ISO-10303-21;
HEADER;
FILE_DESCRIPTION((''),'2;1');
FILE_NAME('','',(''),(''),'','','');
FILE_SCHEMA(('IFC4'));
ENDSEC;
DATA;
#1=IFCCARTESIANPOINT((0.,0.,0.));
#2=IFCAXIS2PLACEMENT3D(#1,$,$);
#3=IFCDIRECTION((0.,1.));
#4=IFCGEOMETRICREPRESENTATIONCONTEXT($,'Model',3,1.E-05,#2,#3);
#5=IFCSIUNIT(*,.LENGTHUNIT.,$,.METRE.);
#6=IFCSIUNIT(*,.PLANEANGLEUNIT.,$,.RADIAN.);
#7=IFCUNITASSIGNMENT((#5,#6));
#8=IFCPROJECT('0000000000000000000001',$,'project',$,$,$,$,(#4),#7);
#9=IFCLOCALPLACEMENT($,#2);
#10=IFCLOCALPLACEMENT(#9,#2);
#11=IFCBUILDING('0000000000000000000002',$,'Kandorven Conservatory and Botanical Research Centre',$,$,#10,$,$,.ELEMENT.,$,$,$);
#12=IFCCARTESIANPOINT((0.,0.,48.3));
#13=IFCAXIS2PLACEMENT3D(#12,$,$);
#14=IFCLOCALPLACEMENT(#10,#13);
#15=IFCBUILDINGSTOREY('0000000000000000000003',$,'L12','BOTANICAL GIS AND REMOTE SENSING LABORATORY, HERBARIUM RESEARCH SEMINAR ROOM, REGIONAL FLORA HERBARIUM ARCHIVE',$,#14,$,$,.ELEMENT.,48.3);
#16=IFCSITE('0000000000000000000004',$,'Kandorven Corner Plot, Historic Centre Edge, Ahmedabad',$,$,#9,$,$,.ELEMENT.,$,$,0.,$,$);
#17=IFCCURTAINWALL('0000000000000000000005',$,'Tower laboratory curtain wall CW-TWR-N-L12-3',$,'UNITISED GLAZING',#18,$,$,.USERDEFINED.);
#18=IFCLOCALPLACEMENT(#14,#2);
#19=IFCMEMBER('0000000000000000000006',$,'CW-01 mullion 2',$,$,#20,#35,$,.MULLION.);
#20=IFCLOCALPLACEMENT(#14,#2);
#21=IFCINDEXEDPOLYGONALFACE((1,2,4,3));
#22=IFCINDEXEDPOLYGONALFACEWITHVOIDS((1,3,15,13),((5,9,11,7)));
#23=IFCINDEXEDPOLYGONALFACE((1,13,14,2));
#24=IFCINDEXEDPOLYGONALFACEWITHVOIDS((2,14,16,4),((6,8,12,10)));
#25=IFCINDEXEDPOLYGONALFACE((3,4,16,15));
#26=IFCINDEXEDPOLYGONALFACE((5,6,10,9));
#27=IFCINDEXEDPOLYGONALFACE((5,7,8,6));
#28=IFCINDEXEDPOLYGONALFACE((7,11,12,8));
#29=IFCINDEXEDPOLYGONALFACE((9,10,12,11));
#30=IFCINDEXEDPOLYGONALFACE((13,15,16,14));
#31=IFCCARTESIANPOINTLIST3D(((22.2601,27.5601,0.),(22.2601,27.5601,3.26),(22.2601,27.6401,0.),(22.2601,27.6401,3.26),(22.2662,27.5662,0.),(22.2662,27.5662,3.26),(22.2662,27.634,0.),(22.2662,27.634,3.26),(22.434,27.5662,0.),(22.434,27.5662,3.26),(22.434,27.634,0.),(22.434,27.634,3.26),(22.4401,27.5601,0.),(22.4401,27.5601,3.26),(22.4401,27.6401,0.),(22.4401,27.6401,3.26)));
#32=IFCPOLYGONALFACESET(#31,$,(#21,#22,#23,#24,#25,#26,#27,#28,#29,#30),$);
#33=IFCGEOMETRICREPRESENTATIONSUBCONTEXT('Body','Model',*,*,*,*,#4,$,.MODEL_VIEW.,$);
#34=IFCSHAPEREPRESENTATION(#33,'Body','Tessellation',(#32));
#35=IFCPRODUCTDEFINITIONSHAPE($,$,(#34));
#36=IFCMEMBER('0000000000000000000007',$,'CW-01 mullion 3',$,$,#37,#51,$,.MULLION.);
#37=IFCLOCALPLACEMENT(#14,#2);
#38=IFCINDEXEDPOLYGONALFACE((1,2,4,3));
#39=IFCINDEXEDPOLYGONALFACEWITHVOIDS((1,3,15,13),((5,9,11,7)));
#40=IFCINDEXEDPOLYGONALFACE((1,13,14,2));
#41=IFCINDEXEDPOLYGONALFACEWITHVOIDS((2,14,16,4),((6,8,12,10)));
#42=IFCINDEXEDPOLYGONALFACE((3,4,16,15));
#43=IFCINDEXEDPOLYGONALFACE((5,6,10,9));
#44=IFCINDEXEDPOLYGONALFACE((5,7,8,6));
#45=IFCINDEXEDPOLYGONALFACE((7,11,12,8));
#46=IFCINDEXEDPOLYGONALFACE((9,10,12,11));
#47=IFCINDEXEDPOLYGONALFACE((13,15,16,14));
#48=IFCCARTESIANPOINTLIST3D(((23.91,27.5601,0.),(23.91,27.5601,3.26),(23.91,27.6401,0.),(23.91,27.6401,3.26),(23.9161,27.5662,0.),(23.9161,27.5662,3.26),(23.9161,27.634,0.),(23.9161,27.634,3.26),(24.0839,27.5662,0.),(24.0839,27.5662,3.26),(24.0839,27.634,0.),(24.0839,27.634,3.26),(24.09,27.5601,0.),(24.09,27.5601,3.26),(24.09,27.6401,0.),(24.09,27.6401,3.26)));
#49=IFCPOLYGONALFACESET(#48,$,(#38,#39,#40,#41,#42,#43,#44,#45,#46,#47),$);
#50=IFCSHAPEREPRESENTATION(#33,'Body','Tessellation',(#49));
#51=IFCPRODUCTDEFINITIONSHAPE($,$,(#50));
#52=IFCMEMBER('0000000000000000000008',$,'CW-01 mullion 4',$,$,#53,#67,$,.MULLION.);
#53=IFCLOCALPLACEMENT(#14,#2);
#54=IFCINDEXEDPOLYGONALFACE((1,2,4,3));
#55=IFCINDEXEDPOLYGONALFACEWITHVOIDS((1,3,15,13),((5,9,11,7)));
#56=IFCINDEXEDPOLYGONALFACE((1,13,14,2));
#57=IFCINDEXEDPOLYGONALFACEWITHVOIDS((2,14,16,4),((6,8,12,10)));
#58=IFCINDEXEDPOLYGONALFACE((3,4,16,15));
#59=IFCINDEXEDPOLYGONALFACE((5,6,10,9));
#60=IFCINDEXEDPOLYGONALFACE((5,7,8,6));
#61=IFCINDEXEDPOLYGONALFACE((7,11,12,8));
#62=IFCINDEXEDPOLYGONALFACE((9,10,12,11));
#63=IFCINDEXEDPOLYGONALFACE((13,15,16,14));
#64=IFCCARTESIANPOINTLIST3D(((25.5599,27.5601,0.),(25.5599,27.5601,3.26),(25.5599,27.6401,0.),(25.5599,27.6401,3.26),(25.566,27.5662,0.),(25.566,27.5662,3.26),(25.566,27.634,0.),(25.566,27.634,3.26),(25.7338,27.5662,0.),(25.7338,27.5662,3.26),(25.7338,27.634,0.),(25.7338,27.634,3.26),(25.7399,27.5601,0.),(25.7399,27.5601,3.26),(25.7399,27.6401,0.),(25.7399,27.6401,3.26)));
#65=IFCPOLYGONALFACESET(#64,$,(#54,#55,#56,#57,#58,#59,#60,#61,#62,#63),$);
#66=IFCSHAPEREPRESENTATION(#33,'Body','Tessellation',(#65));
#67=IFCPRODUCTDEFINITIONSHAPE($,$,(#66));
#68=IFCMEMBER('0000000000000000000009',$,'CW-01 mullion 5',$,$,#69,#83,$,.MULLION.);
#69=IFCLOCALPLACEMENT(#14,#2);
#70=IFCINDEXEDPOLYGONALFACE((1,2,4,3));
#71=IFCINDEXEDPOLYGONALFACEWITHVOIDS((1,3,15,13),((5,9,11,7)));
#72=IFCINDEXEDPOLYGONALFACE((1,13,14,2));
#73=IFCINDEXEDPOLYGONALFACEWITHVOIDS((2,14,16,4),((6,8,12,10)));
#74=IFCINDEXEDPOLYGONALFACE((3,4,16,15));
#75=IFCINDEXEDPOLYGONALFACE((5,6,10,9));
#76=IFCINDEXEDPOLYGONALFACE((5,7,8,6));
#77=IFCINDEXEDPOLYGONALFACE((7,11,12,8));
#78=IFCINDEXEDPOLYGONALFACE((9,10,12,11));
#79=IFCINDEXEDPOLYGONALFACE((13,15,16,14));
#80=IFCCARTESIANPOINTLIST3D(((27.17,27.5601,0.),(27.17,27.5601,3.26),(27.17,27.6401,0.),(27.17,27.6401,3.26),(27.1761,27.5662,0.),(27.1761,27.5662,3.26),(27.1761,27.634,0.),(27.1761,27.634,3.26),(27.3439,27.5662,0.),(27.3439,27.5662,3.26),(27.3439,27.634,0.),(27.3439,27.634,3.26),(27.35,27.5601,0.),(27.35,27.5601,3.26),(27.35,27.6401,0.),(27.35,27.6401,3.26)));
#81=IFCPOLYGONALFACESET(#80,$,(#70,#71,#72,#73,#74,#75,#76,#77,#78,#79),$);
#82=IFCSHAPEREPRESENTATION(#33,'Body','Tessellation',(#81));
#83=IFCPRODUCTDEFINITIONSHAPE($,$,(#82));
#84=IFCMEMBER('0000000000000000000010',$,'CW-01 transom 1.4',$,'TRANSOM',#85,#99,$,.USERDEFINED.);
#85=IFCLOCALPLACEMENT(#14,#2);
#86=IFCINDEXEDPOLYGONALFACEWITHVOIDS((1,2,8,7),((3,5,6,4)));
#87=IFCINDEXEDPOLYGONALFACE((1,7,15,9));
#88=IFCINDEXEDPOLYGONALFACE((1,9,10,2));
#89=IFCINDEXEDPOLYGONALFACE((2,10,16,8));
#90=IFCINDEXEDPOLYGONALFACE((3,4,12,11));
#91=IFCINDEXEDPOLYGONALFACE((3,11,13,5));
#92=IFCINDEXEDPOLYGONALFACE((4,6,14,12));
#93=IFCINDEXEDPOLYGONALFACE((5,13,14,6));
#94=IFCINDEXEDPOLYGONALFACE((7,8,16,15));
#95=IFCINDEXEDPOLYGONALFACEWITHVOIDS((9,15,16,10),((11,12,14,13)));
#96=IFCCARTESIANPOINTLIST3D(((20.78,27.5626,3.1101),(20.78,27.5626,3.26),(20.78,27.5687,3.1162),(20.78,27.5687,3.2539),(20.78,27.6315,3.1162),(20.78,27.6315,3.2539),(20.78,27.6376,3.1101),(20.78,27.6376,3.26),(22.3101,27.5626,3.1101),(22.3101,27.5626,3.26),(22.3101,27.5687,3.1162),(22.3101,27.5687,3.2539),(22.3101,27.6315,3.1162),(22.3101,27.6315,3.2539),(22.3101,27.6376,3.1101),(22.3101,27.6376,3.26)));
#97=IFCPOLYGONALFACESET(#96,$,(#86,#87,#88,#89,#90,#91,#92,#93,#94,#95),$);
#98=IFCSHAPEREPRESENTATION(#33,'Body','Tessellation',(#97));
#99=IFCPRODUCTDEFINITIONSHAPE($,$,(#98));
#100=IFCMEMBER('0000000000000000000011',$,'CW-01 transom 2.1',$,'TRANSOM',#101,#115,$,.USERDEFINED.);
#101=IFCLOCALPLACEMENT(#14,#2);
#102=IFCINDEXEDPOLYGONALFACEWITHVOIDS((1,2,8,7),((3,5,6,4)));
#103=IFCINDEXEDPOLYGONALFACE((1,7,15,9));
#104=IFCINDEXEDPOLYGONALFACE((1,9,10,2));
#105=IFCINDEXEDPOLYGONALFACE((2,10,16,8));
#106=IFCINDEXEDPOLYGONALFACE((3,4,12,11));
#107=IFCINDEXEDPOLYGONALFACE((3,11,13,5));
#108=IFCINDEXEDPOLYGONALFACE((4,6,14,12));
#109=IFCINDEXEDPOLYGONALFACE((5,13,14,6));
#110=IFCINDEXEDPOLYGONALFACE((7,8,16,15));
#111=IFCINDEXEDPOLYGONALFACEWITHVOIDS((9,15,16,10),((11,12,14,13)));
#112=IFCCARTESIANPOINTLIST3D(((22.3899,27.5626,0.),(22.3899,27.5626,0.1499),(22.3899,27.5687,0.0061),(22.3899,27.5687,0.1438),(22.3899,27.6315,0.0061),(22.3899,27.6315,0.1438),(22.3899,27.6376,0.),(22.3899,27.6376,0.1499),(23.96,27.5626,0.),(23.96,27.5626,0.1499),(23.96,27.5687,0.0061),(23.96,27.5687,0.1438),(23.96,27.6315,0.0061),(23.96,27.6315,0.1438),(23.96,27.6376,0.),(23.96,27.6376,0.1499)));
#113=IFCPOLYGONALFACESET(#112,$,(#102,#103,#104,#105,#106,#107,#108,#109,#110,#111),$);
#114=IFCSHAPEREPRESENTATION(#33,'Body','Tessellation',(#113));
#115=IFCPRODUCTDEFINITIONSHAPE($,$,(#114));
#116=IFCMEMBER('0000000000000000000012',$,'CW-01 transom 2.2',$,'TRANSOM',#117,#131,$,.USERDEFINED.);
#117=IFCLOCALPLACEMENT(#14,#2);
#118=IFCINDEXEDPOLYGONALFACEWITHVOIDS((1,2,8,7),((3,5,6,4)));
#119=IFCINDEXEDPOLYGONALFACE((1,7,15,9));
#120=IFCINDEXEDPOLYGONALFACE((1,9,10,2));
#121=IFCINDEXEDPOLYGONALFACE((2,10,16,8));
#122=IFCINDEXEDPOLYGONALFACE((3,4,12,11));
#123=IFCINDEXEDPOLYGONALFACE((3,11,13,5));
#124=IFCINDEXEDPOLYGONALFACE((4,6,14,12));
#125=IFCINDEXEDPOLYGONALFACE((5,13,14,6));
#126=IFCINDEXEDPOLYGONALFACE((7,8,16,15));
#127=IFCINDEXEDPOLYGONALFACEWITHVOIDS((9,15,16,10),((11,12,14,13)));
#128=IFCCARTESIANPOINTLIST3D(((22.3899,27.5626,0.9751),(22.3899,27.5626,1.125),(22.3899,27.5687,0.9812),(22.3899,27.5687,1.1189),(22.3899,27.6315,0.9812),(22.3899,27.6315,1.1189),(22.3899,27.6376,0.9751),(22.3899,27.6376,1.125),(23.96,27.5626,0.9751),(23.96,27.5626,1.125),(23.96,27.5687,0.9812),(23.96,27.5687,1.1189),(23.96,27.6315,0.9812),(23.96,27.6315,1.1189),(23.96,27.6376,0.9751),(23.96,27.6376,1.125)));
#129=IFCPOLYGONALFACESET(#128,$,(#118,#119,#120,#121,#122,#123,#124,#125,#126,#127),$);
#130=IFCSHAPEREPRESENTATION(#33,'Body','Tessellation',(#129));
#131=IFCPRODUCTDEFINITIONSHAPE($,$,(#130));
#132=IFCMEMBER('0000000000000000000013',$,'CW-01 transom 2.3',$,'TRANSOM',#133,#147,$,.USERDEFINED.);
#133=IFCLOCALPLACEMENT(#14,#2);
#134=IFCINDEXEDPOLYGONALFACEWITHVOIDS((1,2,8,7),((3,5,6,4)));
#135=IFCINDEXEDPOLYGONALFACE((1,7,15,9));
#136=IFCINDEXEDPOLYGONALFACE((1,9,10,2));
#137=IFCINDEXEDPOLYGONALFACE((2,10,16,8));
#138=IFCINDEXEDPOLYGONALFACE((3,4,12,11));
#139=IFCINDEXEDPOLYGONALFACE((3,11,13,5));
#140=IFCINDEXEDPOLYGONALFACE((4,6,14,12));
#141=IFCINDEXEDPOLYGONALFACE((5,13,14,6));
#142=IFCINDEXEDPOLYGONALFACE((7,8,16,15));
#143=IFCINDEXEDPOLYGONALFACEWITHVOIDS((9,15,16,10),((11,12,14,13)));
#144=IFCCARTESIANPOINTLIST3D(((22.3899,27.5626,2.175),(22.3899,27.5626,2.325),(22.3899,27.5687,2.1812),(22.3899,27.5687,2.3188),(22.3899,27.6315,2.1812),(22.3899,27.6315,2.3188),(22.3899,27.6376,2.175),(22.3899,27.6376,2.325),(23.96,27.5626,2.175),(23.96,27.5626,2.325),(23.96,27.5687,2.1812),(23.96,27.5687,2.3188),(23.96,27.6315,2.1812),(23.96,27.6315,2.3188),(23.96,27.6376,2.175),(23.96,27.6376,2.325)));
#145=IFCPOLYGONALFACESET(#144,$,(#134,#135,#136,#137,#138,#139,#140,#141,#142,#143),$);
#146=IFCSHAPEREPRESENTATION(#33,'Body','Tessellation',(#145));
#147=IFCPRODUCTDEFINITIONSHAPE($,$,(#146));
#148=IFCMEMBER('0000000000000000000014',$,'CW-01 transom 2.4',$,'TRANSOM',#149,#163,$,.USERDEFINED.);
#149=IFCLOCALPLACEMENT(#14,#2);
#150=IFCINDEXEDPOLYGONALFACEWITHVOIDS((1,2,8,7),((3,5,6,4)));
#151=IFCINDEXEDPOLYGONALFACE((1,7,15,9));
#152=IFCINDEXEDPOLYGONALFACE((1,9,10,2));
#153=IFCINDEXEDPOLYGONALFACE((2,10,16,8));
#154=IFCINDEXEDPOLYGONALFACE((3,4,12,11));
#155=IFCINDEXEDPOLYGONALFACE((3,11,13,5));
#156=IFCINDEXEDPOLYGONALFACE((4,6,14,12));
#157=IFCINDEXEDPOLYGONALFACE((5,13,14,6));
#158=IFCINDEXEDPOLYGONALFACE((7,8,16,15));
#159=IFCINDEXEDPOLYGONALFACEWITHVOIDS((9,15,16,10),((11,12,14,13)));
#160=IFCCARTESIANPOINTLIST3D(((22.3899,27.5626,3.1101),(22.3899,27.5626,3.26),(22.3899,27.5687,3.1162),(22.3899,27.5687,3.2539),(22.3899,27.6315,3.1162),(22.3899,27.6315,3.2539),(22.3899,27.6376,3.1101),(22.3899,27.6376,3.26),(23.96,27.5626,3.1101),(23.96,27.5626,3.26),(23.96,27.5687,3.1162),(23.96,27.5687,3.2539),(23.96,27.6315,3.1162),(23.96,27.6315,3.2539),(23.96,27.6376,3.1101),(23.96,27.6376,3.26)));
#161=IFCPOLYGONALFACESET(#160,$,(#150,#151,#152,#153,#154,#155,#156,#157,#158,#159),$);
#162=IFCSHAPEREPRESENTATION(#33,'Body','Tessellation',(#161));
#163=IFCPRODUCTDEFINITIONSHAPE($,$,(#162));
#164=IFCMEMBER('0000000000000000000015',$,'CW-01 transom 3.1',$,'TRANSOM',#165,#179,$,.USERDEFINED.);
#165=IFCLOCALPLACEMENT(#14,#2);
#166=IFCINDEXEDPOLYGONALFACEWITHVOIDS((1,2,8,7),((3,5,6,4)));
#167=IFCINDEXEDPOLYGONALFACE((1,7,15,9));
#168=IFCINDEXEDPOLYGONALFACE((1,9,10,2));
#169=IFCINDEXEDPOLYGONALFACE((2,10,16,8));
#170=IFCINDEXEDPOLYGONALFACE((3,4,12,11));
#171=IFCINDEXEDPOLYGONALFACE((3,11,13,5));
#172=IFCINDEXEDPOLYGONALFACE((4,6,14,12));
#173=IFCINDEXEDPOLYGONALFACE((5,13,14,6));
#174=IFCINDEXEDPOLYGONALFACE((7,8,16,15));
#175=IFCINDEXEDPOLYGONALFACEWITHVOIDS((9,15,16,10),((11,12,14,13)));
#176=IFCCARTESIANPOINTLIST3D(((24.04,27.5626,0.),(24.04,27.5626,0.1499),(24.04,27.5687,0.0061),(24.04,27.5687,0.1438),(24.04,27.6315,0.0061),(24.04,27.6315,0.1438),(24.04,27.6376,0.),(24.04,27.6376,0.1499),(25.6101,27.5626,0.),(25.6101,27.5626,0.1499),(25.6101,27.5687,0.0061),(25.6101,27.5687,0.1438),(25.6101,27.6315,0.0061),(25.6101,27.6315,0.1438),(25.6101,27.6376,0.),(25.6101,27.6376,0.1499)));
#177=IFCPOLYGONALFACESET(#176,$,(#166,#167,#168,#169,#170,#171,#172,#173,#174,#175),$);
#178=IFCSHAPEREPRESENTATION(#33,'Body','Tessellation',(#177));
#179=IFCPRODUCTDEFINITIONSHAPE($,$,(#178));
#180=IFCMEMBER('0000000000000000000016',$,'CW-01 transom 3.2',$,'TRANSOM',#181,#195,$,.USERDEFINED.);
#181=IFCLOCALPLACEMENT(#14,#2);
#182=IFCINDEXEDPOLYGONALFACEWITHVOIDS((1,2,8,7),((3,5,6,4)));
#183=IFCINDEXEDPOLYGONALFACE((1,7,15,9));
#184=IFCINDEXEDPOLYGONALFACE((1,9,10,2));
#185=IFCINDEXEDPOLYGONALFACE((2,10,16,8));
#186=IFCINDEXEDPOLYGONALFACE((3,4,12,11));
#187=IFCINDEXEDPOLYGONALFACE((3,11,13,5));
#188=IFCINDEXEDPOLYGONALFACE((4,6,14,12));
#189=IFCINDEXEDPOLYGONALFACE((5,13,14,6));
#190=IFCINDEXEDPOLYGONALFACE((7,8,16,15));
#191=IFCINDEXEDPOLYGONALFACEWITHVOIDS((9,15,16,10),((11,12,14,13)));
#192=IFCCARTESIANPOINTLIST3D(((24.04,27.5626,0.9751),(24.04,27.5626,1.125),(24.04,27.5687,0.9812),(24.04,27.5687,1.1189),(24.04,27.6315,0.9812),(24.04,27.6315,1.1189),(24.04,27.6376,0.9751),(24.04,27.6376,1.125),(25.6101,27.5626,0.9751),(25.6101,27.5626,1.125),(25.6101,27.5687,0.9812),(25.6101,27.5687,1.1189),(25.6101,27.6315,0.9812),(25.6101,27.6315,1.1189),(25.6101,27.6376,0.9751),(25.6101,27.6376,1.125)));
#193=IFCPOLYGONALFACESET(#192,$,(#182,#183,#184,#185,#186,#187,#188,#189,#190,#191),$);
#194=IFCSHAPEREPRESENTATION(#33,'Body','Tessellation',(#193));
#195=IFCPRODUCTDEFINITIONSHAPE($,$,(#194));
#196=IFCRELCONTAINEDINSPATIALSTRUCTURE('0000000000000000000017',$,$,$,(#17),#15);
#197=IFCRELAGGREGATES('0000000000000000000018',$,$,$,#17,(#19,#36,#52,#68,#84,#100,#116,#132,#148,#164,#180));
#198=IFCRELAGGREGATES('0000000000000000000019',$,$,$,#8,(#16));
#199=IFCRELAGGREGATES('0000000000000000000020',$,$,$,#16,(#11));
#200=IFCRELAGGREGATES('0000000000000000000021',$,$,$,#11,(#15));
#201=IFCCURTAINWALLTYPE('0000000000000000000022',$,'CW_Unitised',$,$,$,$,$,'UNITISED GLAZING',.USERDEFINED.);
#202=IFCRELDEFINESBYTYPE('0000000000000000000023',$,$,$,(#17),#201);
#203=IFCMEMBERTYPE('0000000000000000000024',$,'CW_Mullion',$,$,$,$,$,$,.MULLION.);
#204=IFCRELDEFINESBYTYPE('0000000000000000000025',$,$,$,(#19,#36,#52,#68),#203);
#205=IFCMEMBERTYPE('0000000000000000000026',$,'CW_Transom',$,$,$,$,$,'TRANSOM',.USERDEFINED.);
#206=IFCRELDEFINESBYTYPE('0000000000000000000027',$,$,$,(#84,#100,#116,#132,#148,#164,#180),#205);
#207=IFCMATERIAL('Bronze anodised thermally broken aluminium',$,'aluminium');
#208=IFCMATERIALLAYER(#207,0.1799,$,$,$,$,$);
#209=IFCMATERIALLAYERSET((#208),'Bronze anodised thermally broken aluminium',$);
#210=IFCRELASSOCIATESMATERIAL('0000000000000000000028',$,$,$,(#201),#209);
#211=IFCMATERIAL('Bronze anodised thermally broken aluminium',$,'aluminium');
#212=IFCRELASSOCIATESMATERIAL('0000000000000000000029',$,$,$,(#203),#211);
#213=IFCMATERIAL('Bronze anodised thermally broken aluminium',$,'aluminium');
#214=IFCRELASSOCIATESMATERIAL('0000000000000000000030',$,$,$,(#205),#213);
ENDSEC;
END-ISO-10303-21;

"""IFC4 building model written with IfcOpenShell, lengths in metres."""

from ifc_helpers import new_model, si_unit, direction, frame, origin, origin_2d, place, context, subcontext, project, spatial, hollow_rectangle, extrude, material, layer, layer_set, material_profile, profile_set, type_object, element, aggregate, save


model = new_model("IFC4")

# Units and contexts
model_context = context("Model", 3, precision=1e-05, world=origin(), true_north=direction((0.0, 1.0)))
body_context = subcontext(model_context, "Body", "Model", "MODEL_VIEW")
ifc_project = project(units=[si_unit("LENGTHUNIT", "METRE"), si_unit("PLANEANGLEUNIT", "RADIAN")], contexts=[model_context])

# Site, building, storey
site_placement = place(None, origin())
site = spatial("IfcSite", under=ifc_project, at=site_placement, Name="Kandorven Corner Plot, Historic Centre Edge, Ahmedabad", CompositionType="ELEMENT", RefElevation=0.0)
building_placement = place(site_placement, origin())
building = spatial("IfcBuilding", under=site, at=building_placement, Name="Kandorven Conservatory and Botanical Research Centre", CompositionType="ELEMENT")
storey_placement = place(building_placement, frame((0.0, 0.0, 48.3)))
storey = spatial("IfcBuildingStorey", under=building, at=storey_placement, Name="L12", Description="BOTANICAL GIS AND REMOTE SENSING LABORATORY, HERBARIUM RESEARCH SEMINAR ROOM, REGIONAL FLORA HERBARIUM ARCHIVE", CompositionType="ELEMENT", Elevation=48.3)

# Curtain wall, members
ifc_material_1 = material(Name="Bronze anodised thermally broken aluminium", Category="aluminium")
ifc_layer_1 = layer(ifc_material_1, 0.1799)
ifc_layer_set_1 = layer_set([ifc_layer_1], Name="Bronze anodised thermally broken aluminium")
curtain_wall_type = type_object("IfcCurtainWallType", Name="CW_Unitised", ElementType="UNITISED GLAZING", PredefinedType="USERDEFINED", material=ifc_layer_set_1)
curtain_wall_placement = place(storey_placement, origin())
curtain_wall = element("IfcCurtainWall", 1, at=curtain_wall_placement, inside=storey, type_object=curtain_wall_type, Name="Tower laboratory curtain wall CW-TWR-N-L12-3", ObjectType="UNITISED GLAZING", PredefinedType="USERDEFINED")
ifc_material_2 = material(Name="Bronze anodised thermally broken aluminium", Category="aluminium")
ifc_material_profile_1 = material_profile(ifc_material_2, hollow_rectangle(XDim=0.0801, YDim=0.1799, WallThickness=0.0061, at=origin_2d()))
ifc_profile_set_1 = profile_set([ifc_material_profile_1], Name="Bronze anodised thermally broken aluminium")
member_type_1 = type_object("IfcMemberType", Name="CW_Mullion", PredefinedType="MULLION", material=ifc_profile_set_1)
member_1_placement = place(storey_placement, frame((22.3501, 27.6001, 0.0), z_axis=(0.0, 0.0, 1.0), x_axis=(0.0, 1.0, 0.0)))
member_1 = element("IfcMember", 2, at=member_1_placement, type_object=member_type_1, Name="CW-01 mullion 2", PredefinedType="MULLION", context=body_context, shape_type="SweptSolid", body=[
    extrude(hollow_rectangle(XDim=0.0801, YDim=0.1799, WallThickness=0.0061, at=origin_2d()), origin(), (0.0, 0.0, 1.0), 3.26),
])
member_2_placement = place(storey_placement, frame((24.0, 27.6001, 0.0), z_axis=(0.0, 0.0, 1.0), x_axis=(0.0, 1.0, 0.0)))
member_2 = element("IfcMember", 3, at=member_2_placement, type_object=member_type_1, Name="CW-01 mullion 3", PredefinedType="MULLION", context=body_context, shape_type="SweptSolid", body=[
    extrude(hollow_rectangle(XDim=0.0801, YDim=0.1799, WallThickness=0.0061, at=origin_2d()), origin(), (0.0, 0.0, 1.0), 3.26),
])
member_3_placement = place(storey_placement, frame((25.6499, 27.6001, 0.0), z_axis=(0.0, 0.0, 1.0), x_axis=(0.0, 1.0, 0.0)))
member_3 = element("IfcMember", 4, at=member_3_placement, type_object=member_type_1, Name="CW-01 mullion 4", PredefinedType="MULLION", context=body_context, shape_type="SweptSolid", body=[
    extrude(hollow_rectangle(XDim=0.0801, YDim=0.1799, WallThickness=0.0061, at=origin_2d()), origin(), (0.0, 0.0, 1.0), 3.26),
])
member_4_placement = place(storey_placement, frame((27.26, 27.6001, 0.0), z_axis=(0.0, 0.0, 1.0), x_axis=(0.0, 1.0, 0.0)))
member_4 = element("IfcMember", 5, at=member_4_placement, type_object=member_type_1, Name="CW-01 mullion 5", PredefinedType="MULLION", context=body_context, shape_type="SweptSolid", body=[
    extrude(hollow_rectangle(XDim=0.0801, YDim=0.1799, WallThickness=0.0061, at=origin_2d()), origin(), (0.0, 0.0, 1.0), 3.26),
])
ifc_material_3 = material(Name="Bronze anodised thermally broken aluminium", Category="aluminium")
ifc_material_profile_2 = material_profile(ifc_material_3, hollow_rectangle(XDim=0.075, YDim=0.1499, WallThickness=0.0061, at=origin_2d()))
ifc_profile_set_2 = profile_set([ifc_material_profile_2], Name="Bronze anodised thermally broken aluminium")
member_type_2 = type_object("IfcMemberType", Name="CW_Transom", ElementType="TRANSOM", PredefinedType="USERDEFINED", material=ifc_profile_set_2)
member_5_placement = place(storey_placement, frame((20.78, 27.6001, 3.1851), z_axis=(1.0, 0.0, 0.0), x_axis=(0.0, 1.0, 0.0)))
member_5 = element("IfcMember", 6, at=member_5_placement, type_object=member_type_2, Name="CW-01 transom 1.4", ObjectType="TRANSOM", PredefinedType="USERDEFINED", context=body_context, shape_type="SweptSolid", body=[
    extrude(hollow_rectangle(XDim=0.075, YDim=0.1499, WallThickness=0.0061, at=origin_2d()), origin(), (0.0, 0.0, 1.0), 1.53),
])
member_6_placement = place(storey_placement, frame((22.3899, 27.6001, 0.075), z_axis=(1.0, 0.0, 0.0), x_axis=(0.0, 1.0, 0.0)))
member_6 = element("IfcMember", 7, at=member_6_placement, type_object=member_type_2, Name="CW-01 transom 2.1", ObjectType="TRANSOM", PredefinedType="USERDEFINED", context=body_context, shape_type="SweptSolid", body=[
    extrude(hollow_rectangle(XDim=0.075, YDim=0.1499, WallThickness=0.0061, at=origin_2d()), origin(), (0.0, 0.0, 1.0), 1.5701),
])
member_7_placement = place(storey_placement, frame((22.3899, 27.6001, 1.05), z_axis=(1.0, 0.0, 0.0), x_axis=(0.0, 1.0, 0.0)))
member_7 = element("IfcMember", 8, at=member_7_placement, type_object=member_type_2, Name="CW-01 transom 2.2", ObjectType="TRANSOM", PredefinedType="USERDEFINED", context=body_context, shape_type="SweptSolid", body=[
    extrude(hollow_rectangle(XDim=0.075, YDim=0.1499, WallThickness=0.0061, at=origin_2d()), origin(), (0.0, 0.0, 1.0), 1.5701),
])
member_8_placement = place(storey_placement, frame((22.3899, 27.6001, 2.25), z_axis=(1.0, 0.0, 0.0), x_axis=(0.0, 1.0, 0.0)))
member_8 = element("IfcMember", 9, at=member_8_placement, type_object=member_type_2, Name="CW-01 transom 2.3", ObjectType="TRANSOM", PredefinedType="USERDEFINED", context=body_context, shape_type="SweptSolid", body=[
    extrude(hollow_rectangle(XDim=0.075, YDim=0.1499, WallThickness=0.0061, at=origin_2d()), origin(), (0.0, 0.0, 1.0), 1.5701),
])
member_9_placement = place(storey_placement, frame((22.3899, 27.6001, 3.1851), z_axis=(1.0, 0.0, 0.0), x_axis=(0.0, 1.0, 0.0)))
member_9 = element("IfcMember", 10, at=member_9_placement, type_object=member_type_2, Name="CW-01 transom 2.4", ObjectType="TRANSOM", PredefinedType="USERDEFINED", context=body_context, shape_type="SweptSolid", body=[
    extrude(hollow_rectangle(XDim=0.075, YDim=0.1499, WallThickness=0.0061, at=origin_2d()), origin(), (0.0, 0.0, 1.0), 1.5701),
])
member_10_placement = place(storey_placement, frame((24.04, 27.6001, 0.075), z_axis=(1.0, 0.0, 0.0), x_axis=(0.0, 1.0, 0.0)))
member_10 = element("IfcMember", 11, at=member_10_placement, type_object=member_type_2, Name="CW-01 transom 3.1", ObjectType="TRANSOM", PredefinedType="USERDEFINED", context=body_context, shape_type="SweptSolid", body=[
    extrude(hollow_rectangle(XDim=0.075, YDim=0.1499, WallThickness=0.0061, at=origin_2d()), origin(), (0.0, 0.0, 1.0), 1.5701),
])
member_11_placement = place(storey_placement, frame((24.04, 27.6001, 1.05), z_axis=(1.0, 0.0, 0.0), x_axis=(0.0, 1.0, 0.0)))
member_11 = element("IfcMember", 12, at=member_11_placement, type_object=member_type_2, Name="CW-01 transom 3.2", ObjectType="TRANSOM", PredefinedType="USERDEFINED", context=body_context, shape_type="SweptSolid", body=[
    extrude(hollow_rectangle(XDim=0.075, YDim=0.1499, WallThickness=0.0061, at=origin_2d()), origin(), (0.0, 0.0, 1.0), 1.5701),
])
aggregate(curtain_wall, [member_1, member_2, member_3, member_4, member_5, member_6, member_7, member_8, member_9, member_10, member_11])

save(model, "model.ifc")
